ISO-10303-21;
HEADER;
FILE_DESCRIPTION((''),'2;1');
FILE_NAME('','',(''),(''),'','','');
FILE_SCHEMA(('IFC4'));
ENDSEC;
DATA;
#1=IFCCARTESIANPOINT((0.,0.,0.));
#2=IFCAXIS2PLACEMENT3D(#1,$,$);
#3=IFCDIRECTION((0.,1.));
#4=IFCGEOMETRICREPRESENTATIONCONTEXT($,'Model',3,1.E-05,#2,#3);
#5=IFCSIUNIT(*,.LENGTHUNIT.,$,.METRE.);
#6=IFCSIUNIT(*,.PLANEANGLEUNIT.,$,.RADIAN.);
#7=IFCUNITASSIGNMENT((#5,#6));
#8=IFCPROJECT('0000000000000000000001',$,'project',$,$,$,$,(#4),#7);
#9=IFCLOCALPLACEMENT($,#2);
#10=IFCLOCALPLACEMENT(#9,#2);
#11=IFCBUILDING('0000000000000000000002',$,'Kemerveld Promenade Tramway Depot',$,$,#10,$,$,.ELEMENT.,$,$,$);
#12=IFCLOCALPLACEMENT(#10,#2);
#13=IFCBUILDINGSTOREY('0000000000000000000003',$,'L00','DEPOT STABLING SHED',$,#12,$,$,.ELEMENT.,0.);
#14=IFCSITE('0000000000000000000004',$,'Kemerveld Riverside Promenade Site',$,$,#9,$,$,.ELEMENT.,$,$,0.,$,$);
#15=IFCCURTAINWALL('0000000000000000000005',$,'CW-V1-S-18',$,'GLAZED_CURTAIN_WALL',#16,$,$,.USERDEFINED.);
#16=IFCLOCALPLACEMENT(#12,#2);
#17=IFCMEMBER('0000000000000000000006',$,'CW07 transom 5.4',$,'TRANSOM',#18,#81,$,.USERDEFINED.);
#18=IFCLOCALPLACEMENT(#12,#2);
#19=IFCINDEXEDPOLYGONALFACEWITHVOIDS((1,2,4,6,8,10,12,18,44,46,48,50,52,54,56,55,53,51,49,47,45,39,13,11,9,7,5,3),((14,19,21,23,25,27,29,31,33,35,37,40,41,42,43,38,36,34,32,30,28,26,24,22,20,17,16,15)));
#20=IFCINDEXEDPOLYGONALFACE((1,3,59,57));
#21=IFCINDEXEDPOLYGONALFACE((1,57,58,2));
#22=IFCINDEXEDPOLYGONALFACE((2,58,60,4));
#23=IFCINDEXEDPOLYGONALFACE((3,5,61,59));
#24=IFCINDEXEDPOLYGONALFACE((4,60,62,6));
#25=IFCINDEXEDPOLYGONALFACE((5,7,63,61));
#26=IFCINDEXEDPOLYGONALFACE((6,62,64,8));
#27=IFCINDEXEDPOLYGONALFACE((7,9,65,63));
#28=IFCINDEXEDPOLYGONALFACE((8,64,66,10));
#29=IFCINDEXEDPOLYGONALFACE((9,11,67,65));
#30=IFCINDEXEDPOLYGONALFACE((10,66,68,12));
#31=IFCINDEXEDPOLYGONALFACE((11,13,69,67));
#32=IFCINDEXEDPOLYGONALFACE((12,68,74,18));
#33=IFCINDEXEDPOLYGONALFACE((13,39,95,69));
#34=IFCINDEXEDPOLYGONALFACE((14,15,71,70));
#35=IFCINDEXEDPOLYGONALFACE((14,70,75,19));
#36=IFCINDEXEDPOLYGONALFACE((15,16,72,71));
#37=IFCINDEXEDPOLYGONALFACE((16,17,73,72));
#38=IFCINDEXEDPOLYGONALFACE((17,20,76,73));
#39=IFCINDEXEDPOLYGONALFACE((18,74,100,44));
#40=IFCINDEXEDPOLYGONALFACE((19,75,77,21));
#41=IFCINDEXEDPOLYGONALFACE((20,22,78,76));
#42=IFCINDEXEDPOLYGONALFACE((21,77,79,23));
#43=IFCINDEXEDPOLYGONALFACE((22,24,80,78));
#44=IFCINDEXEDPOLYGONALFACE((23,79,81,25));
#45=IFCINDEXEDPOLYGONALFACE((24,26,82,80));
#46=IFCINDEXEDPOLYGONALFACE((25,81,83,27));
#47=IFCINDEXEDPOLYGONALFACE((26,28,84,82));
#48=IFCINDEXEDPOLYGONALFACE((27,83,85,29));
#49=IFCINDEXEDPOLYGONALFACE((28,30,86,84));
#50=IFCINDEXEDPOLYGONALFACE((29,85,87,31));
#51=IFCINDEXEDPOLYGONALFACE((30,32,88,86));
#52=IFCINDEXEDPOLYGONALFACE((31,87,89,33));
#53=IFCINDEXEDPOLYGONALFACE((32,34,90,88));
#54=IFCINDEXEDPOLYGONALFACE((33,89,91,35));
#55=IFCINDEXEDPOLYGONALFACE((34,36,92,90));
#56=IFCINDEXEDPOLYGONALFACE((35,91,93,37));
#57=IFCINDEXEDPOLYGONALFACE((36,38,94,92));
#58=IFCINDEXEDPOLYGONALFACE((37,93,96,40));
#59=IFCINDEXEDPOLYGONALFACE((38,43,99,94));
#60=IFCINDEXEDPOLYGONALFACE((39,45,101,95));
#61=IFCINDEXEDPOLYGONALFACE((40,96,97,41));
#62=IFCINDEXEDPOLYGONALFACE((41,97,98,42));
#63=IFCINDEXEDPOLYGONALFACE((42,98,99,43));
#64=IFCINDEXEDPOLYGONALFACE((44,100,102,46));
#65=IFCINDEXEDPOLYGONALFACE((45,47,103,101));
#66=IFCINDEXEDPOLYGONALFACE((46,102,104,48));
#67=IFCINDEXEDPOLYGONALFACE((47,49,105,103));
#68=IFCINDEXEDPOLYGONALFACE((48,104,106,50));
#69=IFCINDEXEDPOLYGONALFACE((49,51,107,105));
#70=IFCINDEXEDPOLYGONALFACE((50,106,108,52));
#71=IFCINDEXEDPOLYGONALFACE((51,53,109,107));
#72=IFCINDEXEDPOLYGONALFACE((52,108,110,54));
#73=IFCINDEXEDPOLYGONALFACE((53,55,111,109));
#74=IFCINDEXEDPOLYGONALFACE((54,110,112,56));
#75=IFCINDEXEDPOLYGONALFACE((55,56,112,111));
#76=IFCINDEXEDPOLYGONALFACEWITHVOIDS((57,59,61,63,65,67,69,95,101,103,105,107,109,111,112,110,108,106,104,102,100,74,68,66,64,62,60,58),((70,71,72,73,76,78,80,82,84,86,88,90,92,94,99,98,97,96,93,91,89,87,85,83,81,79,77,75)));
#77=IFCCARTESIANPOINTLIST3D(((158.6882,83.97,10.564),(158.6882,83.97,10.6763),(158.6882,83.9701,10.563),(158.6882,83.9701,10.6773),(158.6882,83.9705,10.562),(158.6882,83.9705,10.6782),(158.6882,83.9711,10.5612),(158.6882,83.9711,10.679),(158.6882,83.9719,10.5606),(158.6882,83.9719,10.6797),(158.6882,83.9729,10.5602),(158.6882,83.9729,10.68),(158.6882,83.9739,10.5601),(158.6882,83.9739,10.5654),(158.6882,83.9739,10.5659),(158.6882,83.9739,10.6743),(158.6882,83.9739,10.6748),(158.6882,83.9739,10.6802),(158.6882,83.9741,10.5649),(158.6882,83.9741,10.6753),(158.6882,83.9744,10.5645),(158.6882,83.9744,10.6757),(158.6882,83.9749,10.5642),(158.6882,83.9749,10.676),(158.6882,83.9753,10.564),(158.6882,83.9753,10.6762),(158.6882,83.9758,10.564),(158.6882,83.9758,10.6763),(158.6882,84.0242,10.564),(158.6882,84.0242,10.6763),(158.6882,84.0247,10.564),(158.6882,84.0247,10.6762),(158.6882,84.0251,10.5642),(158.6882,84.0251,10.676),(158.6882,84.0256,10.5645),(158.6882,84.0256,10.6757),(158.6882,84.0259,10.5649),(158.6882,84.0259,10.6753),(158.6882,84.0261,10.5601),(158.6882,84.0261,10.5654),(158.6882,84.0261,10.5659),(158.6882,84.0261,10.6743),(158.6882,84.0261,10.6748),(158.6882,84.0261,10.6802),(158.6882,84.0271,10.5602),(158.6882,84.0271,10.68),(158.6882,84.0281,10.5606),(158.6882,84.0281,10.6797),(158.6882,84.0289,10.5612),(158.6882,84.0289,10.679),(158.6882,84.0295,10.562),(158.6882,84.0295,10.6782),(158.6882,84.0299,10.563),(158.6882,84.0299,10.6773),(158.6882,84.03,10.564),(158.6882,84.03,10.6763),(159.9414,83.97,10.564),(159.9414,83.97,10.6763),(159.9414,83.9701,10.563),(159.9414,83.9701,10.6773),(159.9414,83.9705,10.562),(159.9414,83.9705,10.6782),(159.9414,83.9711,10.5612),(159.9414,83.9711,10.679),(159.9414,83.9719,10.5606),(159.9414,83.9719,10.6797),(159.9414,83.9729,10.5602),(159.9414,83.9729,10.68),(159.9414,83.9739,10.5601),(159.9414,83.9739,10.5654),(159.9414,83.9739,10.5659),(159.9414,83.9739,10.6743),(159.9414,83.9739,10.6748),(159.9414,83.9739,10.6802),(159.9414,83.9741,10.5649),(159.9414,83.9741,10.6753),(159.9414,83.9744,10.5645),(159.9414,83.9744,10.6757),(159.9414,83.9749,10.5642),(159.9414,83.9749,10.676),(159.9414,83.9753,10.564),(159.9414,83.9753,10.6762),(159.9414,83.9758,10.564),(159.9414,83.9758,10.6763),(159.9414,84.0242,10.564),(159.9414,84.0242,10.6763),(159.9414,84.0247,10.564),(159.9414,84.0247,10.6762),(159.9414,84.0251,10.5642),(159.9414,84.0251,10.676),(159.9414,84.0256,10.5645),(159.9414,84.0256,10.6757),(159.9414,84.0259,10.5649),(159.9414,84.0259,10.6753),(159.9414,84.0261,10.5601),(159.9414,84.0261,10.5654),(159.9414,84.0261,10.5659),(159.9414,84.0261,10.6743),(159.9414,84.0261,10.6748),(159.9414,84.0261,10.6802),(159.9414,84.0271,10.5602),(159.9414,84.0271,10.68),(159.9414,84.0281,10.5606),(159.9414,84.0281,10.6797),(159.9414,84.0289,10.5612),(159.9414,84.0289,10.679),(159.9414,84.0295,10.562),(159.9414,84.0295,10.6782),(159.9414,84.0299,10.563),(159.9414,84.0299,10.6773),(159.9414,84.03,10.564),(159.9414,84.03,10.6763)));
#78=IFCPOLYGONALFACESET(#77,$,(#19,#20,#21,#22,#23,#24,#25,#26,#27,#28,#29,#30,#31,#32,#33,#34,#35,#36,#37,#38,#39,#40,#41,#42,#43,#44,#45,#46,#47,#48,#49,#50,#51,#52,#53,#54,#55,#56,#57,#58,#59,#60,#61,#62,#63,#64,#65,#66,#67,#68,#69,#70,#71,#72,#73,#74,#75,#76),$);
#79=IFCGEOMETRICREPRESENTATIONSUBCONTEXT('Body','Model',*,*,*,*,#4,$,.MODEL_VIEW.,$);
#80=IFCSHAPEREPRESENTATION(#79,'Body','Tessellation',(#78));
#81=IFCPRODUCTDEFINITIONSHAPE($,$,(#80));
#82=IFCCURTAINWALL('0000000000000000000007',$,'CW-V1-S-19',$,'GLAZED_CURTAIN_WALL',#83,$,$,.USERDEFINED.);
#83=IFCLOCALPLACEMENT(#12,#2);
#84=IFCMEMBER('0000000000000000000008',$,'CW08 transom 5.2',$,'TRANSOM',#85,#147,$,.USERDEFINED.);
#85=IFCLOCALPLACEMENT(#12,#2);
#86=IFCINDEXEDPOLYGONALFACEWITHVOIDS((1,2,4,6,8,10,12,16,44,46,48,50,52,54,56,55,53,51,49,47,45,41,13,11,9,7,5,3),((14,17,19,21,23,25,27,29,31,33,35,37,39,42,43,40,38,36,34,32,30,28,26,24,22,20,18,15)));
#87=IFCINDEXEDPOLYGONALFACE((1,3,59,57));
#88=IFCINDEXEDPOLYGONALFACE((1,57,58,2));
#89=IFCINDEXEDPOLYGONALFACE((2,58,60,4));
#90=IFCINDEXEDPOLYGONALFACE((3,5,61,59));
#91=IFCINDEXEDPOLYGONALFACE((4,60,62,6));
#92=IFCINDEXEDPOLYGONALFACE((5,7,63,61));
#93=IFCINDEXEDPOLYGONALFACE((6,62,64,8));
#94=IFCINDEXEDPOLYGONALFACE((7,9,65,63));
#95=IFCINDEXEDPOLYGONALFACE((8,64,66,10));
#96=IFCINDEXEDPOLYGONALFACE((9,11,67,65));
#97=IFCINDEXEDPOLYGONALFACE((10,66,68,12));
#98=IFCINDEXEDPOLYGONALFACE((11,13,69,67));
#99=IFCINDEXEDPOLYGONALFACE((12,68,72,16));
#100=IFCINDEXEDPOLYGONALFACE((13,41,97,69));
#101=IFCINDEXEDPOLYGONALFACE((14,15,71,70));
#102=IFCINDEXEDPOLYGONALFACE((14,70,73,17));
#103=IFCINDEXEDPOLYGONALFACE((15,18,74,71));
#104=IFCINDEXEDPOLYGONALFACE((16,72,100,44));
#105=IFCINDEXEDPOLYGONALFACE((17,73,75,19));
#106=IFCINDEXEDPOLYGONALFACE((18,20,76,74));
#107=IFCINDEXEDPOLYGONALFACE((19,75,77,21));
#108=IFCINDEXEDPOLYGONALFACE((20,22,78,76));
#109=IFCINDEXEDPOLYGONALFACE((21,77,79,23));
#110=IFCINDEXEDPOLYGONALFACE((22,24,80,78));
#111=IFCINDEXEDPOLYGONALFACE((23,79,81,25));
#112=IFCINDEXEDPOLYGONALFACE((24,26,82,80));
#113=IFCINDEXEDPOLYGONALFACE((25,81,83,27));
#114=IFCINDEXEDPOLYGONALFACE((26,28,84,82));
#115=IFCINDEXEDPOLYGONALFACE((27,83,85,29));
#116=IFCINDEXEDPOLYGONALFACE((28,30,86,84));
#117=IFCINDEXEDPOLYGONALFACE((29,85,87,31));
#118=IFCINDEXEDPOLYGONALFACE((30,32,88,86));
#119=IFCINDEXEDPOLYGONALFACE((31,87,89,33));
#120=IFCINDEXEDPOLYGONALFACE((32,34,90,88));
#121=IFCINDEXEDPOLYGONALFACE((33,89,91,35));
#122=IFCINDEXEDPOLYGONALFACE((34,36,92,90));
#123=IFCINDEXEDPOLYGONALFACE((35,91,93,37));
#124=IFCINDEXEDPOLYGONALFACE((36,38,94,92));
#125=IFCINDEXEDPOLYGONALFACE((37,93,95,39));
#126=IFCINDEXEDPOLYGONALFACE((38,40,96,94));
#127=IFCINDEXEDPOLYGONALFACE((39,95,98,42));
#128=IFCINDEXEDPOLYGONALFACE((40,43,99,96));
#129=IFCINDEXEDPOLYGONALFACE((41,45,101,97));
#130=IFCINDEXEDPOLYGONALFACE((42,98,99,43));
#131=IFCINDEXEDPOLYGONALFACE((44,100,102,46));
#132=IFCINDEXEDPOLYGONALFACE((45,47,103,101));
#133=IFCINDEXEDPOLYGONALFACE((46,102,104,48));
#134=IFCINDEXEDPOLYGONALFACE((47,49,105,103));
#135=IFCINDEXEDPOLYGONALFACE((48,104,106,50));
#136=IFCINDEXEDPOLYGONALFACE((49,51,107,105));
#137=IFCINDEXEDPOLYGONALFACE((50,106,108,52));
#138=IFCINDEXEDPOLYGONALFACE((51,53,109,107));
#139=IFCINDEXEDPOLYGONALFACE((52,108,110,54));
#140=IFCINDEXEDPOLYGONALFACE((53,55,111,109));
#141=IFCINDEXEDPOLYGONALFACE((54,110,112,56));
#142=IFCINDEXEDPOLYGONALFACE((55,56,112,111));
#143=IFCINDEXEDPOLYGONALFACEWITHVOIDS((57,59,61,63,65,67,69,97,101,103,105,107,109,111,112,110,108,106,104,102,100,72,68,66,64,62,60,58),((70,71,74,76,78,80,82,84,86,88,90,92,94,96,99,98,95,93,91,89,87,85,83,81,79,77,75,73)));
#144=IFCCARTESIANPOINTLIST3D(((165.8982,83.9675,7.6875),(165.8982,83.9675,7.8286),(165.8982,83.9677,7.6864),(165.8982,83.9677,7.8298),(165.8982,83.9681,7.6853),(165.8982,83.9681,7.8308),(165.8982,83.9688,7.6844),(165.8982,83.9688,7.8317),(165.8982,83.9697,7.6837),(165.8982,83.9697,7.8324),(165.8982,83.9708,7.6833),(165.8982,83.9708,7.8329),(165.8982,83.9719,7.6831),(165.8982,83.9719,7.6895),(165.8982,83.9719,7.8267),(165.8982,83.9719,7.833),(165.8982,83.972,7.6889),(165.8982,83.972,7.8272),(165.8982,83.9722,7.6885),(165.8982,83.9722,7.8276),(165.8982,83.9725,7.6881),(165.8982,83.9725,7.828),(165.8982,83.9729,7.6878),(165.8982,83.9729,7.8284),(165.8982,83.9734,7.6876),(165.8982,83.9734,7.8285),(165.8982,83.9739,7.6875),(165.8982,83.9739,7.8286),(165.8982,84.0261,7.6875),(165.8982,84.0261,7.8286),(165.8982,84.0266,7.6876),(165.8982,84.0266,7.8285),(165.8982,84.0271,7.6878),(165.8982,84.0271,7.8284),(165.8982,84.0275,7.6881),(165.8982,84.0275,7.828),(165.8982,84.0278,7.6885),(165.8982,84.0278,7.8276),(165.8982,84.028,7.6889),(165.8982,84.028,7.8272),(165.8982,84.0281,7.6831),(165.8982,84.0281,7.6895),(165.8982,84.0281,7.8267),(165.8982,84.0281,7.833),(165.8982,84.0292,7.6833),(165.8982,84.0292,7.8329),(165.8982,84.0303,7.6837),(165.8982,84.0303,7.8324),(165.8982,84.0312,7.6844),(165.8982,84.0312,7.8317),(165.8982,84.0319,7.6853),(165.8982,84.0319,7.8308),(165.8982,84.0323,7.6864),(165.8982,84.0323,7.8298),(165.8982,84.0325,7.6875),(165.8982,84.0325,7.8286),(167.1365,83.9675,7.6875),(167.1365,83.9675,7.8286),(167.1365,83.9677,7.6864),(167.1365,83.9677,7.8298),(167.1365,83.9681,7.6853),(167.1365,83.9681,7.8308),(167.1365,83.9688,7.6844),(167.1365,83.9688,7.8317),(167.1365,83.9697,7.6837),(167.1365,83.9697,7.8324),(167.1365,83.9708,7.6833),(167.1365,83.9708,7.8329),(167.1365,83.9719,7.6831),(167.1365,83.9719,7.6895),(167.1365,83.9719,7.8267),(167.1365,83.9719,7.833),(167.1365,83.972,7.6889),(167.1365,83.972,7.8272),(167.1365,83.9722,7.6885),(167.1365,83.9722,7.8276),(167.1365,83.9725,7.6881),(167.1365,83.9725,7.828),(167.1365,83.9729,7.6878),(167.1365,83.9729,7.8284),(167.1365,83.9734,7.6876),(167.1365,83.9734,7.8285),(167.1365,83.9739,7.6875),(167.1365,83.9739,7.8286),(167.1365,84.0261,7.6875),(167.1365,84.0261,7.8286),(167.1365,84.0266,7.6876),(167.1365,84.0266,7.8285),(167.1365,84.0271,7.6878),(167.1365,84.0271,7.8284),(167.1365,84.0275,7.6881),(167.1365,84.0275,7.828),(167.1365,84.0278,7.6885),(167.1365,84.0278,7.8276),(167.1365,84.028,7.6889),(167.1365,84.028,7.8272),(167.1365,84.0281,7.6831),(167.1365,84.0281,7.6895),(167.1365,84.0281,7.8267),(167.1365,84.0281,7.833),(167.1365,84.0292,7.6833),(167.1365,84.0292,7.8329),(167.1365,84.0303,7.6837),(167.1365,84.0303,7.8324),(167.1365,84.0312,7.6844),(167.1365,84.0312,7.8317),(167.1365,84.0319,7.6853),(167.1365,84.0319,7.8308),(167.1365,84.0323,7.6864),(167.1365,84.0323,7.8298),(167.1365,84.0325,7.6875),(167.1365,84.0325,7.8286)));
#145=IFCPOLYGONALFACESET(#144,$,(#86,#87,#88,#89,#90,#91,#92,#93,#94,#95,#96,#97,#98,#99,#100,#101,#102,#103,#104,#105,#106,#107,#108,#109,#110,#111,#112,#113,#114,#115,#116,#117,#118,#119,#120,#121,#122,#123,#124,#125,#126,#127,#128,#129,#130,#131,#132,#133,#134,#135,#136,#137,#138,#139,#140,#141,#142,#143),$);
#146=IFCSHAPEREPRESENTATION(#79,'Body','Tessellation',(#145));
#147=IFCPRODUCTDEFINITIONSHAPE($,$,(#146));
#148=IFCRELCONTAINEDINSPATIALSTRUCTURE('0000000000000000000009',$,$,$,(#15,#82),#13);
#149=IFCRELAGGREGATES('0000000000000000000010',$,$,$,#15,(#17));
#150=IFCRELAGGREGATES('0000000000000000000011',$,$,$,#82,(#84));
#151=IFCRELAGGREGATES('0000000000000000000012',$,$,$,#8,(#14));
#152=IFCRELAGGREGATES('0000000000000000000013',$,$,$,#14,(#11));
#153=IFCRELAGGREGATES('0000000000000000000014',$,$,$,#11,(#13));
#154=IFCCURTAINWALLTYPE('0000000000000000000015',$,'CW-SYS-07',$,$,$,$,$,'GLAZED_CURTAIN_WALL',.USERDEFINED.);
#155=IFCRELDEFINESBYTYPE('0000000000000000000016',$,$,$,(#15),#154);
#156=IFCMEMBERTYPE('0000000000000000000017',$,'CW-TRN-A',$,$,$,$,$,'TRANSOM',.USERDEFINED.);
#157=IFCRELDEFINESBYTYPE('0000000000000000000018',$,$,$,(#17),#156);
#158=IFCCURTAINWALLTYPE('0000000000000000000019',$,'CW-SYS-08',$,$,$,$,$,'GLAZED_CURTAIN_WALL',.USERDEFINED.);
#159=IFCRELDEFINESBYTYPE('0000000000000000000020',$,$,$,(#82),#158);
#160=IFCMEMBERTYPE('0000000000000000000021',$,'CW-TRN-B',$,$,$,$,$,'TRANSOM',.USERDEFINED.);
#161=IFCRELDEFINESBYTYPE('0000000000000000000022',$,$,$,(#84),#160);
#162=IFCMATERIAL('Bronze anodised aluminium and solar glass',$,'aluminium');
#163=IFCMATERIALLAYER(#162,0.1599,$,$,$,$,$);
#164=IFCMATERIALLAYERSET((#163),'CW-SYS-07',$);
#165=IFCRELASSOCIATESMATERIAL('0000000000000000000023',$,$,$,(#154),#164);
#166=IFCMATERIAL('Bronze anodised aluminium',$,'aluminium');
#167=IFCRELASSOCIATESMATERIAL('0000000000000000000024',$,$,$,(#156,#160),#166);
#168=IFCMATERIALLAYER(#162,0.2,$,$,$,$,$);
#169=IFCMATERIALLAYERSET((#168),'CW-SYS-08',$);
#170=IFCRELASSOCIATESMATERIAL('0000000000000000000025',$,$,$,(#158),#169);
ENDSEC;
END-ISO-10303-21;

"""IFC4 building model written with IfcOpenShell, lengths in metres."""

from ifc_helpers import new_model, si_unit, direction, frame, origin, origin_2d, place, context, subcontext, project, spatial, hollow_rectangle, extrude, material, layer, layer_set, material_profile, profile_set, type_object, element, aggregate, save


model = new_model("IFC4")

# Units and contexts
model_context = context("Model", 3, precision=1e-05, world=origin(), true_north=direction((0.0, 1.0)))
body_context = subcontext(model_context, "Body", "Model", "MODEL_VIEW")
ifc_project = project(units=[si_unit("LENGTHUNIT", "METRE"), si_unit("PLANEANGLEUNIT", "RADIAN")], contexts=[model_context])

# Site, building, storey
site_placement = place(None, origin())
site = spatial("IfcSite", under=ifc_project, at=site_placement, Name="Kemerveld Riverside Promenade Site", CompositionType="ELEMENT", RefElevation=0.0)
building_placement = place(site_placement, origin())
building = spatial("IfcBuilding", under=site, at=building_placement, Name="Kemerveld Promenade Tramway Depot", CompositionType="ELEMENT")
storey_placement = place(building_placement, origin())
storey = spatial("IfcBuildingStorey", under=building, at=storey_placement, Name="L00", Description="DEPOT STABLING SHED", CompositionType="ELEMENT", Elevation=0.0)

# Curtain walls, members
ifc_material_1 = material(Name="Bronze anodised aluminium and solar glass", Category="aluminium")
ifc_layer_1 = layer(ifc_material_1, 0.1599)
ifc_layer_set_1 = layer_set([ifc_layer_1], Name="CW-SYS-07")
curtain_wall_type_1 = type_object("IfcCurtainWallType", Name="CW-SYS-07", ElementType="GLAZED_CURTAIN_WALL", PredefinedType="USERDEFINED", material=ifc_layer_set_1)
curtain_wall_1_placement = place(storey_placement, origin())
curtain_wall_1 = element("IfcCurtainWall", 1, at=curtain_wall_1_placement, inside=storey, type_object=curtain_wall_type_1, Name="CW-V1-S-18", ObjectType="GLAZED_CURTAIN_WALL", PredefinedType="USERDEFINED")
ifc_material_2 = material(Name="Bronze anodised aluminium", Category="aluminium")
ifc_material_profile_1 = material_profile(ifc_material_2, hollow_rectangle(XDim=0.0601, YDim=0.1201, WallThickness=0.0039, InnerFilletRadius=0.002, OuterFilletRadius=0.0039, at=origin_2d()), Name="CW-TRN-120x60")
ifc_profile_set_1 = profile_set([ifc_material_profile_1], Name="Bronze anodised aluminium")
member_type_1 = type_object("IfcMemberType", Name="CW-TRN-A", ElementType="TRANSOM", PredefinedType="USERDEFINED", material=ifc_profile_set_1)
member_1_placement = place(storey_placement, frame((159.9414, 84.0, 10.6201), z_axis=(-1.0, 0.0, 0.0), x_axis=(0.0, -1.0, 0.0)))
member_1 = element("IfcMember", 2, at=member_1_placement, type_object=member_type_1, Name="CW07 transom 5.4", ObjectType="TRANSOM", PredefinedType="USERDEFINED", context=body_context, shape_type="SweptSolid", body=[
    extrude(hollow_rectangle(XDim=0.0601, YDim=0.1201, WallThickness=0.0039, InnerFilletRadius=0.002, OuterFilletRadius=0.0039, at=origin_2d()), origin(), (0.0, 0.0, 1.0), 1.2532),
])
ifc_layer_2 = layer(ifc_material_1, 0.2)
ifc_layer_set_2 = layer_set([ifc_layer_2], Name="CW-SYS-08")
curtain_wall_type_2 = type_object("IfcCurtainWallType", Name="CW-SYS-08", ElementType="GLAZED_CURTAIN_WALL", PredefinedType="USERDEFINED", material=ifc_layer_set_2)
curtain_wall_2_placement = place(storey_placement, origin())
curtain_wall_2 = element("IfcCurtainWall", 3, at=curtain_wall_2_placement, inside=storey, type_object=curtain_wall_type_2, Name="CW-V1-S-19", ObjectType="GLAZED_CURTAIN_WALL", PredefinedType="USERDEFINED")
ifc_material_profile_2 = material_profile(ifc_material_2, hollow_rectangle(XDim=0.0649, YDim=0.1499, WallThickness=0.0044, InnerFilletRadius=0.002, OuterFilletRadius=0.0044, at=origin_2d()), Name="CW-TRN-150x65")
ifc_profile_set_2 = profile_set([ifc_material_profile_2], Name="Bronze anodised aluminium")
member_type_2 = type_object("IfcMemberType", Name="CW-TRN-B", ElementType="TRANSOM", PredefinedType="USERDEFINED", material=ifc_profile_set_2)
member_2_placement = place(storey_placement, frame((167.1365, 84.0, 7.7581), z_axis=(-1.0, 0.0, 0.0), x_axis=(0.0, -1.0, 0.0)))
member_2 = element("IfcMember", 4, at=member_2_placement, type_object=member_type_2, Name="CW08 transom 5.2", ObjectType="TRANSOM", PredefinedType="USERDEFINED", context=body_context, shape_type="SweptSolid", body=[
    extrude(hollow_rectangle(XDim=0.0649, YDim=0.1499, WallThickness=0.0044, InnerFilletRadius=0.002, OuterFilletRadius=0.0044, at=origin_2d()), origin(), (0.0, 0.0, 1.0), 1.2383),
])

aggregate(curtain_wall_1, [member_1])
aggregate(curtain_wall_2, [member_2])

save(model, "model.ifc")
